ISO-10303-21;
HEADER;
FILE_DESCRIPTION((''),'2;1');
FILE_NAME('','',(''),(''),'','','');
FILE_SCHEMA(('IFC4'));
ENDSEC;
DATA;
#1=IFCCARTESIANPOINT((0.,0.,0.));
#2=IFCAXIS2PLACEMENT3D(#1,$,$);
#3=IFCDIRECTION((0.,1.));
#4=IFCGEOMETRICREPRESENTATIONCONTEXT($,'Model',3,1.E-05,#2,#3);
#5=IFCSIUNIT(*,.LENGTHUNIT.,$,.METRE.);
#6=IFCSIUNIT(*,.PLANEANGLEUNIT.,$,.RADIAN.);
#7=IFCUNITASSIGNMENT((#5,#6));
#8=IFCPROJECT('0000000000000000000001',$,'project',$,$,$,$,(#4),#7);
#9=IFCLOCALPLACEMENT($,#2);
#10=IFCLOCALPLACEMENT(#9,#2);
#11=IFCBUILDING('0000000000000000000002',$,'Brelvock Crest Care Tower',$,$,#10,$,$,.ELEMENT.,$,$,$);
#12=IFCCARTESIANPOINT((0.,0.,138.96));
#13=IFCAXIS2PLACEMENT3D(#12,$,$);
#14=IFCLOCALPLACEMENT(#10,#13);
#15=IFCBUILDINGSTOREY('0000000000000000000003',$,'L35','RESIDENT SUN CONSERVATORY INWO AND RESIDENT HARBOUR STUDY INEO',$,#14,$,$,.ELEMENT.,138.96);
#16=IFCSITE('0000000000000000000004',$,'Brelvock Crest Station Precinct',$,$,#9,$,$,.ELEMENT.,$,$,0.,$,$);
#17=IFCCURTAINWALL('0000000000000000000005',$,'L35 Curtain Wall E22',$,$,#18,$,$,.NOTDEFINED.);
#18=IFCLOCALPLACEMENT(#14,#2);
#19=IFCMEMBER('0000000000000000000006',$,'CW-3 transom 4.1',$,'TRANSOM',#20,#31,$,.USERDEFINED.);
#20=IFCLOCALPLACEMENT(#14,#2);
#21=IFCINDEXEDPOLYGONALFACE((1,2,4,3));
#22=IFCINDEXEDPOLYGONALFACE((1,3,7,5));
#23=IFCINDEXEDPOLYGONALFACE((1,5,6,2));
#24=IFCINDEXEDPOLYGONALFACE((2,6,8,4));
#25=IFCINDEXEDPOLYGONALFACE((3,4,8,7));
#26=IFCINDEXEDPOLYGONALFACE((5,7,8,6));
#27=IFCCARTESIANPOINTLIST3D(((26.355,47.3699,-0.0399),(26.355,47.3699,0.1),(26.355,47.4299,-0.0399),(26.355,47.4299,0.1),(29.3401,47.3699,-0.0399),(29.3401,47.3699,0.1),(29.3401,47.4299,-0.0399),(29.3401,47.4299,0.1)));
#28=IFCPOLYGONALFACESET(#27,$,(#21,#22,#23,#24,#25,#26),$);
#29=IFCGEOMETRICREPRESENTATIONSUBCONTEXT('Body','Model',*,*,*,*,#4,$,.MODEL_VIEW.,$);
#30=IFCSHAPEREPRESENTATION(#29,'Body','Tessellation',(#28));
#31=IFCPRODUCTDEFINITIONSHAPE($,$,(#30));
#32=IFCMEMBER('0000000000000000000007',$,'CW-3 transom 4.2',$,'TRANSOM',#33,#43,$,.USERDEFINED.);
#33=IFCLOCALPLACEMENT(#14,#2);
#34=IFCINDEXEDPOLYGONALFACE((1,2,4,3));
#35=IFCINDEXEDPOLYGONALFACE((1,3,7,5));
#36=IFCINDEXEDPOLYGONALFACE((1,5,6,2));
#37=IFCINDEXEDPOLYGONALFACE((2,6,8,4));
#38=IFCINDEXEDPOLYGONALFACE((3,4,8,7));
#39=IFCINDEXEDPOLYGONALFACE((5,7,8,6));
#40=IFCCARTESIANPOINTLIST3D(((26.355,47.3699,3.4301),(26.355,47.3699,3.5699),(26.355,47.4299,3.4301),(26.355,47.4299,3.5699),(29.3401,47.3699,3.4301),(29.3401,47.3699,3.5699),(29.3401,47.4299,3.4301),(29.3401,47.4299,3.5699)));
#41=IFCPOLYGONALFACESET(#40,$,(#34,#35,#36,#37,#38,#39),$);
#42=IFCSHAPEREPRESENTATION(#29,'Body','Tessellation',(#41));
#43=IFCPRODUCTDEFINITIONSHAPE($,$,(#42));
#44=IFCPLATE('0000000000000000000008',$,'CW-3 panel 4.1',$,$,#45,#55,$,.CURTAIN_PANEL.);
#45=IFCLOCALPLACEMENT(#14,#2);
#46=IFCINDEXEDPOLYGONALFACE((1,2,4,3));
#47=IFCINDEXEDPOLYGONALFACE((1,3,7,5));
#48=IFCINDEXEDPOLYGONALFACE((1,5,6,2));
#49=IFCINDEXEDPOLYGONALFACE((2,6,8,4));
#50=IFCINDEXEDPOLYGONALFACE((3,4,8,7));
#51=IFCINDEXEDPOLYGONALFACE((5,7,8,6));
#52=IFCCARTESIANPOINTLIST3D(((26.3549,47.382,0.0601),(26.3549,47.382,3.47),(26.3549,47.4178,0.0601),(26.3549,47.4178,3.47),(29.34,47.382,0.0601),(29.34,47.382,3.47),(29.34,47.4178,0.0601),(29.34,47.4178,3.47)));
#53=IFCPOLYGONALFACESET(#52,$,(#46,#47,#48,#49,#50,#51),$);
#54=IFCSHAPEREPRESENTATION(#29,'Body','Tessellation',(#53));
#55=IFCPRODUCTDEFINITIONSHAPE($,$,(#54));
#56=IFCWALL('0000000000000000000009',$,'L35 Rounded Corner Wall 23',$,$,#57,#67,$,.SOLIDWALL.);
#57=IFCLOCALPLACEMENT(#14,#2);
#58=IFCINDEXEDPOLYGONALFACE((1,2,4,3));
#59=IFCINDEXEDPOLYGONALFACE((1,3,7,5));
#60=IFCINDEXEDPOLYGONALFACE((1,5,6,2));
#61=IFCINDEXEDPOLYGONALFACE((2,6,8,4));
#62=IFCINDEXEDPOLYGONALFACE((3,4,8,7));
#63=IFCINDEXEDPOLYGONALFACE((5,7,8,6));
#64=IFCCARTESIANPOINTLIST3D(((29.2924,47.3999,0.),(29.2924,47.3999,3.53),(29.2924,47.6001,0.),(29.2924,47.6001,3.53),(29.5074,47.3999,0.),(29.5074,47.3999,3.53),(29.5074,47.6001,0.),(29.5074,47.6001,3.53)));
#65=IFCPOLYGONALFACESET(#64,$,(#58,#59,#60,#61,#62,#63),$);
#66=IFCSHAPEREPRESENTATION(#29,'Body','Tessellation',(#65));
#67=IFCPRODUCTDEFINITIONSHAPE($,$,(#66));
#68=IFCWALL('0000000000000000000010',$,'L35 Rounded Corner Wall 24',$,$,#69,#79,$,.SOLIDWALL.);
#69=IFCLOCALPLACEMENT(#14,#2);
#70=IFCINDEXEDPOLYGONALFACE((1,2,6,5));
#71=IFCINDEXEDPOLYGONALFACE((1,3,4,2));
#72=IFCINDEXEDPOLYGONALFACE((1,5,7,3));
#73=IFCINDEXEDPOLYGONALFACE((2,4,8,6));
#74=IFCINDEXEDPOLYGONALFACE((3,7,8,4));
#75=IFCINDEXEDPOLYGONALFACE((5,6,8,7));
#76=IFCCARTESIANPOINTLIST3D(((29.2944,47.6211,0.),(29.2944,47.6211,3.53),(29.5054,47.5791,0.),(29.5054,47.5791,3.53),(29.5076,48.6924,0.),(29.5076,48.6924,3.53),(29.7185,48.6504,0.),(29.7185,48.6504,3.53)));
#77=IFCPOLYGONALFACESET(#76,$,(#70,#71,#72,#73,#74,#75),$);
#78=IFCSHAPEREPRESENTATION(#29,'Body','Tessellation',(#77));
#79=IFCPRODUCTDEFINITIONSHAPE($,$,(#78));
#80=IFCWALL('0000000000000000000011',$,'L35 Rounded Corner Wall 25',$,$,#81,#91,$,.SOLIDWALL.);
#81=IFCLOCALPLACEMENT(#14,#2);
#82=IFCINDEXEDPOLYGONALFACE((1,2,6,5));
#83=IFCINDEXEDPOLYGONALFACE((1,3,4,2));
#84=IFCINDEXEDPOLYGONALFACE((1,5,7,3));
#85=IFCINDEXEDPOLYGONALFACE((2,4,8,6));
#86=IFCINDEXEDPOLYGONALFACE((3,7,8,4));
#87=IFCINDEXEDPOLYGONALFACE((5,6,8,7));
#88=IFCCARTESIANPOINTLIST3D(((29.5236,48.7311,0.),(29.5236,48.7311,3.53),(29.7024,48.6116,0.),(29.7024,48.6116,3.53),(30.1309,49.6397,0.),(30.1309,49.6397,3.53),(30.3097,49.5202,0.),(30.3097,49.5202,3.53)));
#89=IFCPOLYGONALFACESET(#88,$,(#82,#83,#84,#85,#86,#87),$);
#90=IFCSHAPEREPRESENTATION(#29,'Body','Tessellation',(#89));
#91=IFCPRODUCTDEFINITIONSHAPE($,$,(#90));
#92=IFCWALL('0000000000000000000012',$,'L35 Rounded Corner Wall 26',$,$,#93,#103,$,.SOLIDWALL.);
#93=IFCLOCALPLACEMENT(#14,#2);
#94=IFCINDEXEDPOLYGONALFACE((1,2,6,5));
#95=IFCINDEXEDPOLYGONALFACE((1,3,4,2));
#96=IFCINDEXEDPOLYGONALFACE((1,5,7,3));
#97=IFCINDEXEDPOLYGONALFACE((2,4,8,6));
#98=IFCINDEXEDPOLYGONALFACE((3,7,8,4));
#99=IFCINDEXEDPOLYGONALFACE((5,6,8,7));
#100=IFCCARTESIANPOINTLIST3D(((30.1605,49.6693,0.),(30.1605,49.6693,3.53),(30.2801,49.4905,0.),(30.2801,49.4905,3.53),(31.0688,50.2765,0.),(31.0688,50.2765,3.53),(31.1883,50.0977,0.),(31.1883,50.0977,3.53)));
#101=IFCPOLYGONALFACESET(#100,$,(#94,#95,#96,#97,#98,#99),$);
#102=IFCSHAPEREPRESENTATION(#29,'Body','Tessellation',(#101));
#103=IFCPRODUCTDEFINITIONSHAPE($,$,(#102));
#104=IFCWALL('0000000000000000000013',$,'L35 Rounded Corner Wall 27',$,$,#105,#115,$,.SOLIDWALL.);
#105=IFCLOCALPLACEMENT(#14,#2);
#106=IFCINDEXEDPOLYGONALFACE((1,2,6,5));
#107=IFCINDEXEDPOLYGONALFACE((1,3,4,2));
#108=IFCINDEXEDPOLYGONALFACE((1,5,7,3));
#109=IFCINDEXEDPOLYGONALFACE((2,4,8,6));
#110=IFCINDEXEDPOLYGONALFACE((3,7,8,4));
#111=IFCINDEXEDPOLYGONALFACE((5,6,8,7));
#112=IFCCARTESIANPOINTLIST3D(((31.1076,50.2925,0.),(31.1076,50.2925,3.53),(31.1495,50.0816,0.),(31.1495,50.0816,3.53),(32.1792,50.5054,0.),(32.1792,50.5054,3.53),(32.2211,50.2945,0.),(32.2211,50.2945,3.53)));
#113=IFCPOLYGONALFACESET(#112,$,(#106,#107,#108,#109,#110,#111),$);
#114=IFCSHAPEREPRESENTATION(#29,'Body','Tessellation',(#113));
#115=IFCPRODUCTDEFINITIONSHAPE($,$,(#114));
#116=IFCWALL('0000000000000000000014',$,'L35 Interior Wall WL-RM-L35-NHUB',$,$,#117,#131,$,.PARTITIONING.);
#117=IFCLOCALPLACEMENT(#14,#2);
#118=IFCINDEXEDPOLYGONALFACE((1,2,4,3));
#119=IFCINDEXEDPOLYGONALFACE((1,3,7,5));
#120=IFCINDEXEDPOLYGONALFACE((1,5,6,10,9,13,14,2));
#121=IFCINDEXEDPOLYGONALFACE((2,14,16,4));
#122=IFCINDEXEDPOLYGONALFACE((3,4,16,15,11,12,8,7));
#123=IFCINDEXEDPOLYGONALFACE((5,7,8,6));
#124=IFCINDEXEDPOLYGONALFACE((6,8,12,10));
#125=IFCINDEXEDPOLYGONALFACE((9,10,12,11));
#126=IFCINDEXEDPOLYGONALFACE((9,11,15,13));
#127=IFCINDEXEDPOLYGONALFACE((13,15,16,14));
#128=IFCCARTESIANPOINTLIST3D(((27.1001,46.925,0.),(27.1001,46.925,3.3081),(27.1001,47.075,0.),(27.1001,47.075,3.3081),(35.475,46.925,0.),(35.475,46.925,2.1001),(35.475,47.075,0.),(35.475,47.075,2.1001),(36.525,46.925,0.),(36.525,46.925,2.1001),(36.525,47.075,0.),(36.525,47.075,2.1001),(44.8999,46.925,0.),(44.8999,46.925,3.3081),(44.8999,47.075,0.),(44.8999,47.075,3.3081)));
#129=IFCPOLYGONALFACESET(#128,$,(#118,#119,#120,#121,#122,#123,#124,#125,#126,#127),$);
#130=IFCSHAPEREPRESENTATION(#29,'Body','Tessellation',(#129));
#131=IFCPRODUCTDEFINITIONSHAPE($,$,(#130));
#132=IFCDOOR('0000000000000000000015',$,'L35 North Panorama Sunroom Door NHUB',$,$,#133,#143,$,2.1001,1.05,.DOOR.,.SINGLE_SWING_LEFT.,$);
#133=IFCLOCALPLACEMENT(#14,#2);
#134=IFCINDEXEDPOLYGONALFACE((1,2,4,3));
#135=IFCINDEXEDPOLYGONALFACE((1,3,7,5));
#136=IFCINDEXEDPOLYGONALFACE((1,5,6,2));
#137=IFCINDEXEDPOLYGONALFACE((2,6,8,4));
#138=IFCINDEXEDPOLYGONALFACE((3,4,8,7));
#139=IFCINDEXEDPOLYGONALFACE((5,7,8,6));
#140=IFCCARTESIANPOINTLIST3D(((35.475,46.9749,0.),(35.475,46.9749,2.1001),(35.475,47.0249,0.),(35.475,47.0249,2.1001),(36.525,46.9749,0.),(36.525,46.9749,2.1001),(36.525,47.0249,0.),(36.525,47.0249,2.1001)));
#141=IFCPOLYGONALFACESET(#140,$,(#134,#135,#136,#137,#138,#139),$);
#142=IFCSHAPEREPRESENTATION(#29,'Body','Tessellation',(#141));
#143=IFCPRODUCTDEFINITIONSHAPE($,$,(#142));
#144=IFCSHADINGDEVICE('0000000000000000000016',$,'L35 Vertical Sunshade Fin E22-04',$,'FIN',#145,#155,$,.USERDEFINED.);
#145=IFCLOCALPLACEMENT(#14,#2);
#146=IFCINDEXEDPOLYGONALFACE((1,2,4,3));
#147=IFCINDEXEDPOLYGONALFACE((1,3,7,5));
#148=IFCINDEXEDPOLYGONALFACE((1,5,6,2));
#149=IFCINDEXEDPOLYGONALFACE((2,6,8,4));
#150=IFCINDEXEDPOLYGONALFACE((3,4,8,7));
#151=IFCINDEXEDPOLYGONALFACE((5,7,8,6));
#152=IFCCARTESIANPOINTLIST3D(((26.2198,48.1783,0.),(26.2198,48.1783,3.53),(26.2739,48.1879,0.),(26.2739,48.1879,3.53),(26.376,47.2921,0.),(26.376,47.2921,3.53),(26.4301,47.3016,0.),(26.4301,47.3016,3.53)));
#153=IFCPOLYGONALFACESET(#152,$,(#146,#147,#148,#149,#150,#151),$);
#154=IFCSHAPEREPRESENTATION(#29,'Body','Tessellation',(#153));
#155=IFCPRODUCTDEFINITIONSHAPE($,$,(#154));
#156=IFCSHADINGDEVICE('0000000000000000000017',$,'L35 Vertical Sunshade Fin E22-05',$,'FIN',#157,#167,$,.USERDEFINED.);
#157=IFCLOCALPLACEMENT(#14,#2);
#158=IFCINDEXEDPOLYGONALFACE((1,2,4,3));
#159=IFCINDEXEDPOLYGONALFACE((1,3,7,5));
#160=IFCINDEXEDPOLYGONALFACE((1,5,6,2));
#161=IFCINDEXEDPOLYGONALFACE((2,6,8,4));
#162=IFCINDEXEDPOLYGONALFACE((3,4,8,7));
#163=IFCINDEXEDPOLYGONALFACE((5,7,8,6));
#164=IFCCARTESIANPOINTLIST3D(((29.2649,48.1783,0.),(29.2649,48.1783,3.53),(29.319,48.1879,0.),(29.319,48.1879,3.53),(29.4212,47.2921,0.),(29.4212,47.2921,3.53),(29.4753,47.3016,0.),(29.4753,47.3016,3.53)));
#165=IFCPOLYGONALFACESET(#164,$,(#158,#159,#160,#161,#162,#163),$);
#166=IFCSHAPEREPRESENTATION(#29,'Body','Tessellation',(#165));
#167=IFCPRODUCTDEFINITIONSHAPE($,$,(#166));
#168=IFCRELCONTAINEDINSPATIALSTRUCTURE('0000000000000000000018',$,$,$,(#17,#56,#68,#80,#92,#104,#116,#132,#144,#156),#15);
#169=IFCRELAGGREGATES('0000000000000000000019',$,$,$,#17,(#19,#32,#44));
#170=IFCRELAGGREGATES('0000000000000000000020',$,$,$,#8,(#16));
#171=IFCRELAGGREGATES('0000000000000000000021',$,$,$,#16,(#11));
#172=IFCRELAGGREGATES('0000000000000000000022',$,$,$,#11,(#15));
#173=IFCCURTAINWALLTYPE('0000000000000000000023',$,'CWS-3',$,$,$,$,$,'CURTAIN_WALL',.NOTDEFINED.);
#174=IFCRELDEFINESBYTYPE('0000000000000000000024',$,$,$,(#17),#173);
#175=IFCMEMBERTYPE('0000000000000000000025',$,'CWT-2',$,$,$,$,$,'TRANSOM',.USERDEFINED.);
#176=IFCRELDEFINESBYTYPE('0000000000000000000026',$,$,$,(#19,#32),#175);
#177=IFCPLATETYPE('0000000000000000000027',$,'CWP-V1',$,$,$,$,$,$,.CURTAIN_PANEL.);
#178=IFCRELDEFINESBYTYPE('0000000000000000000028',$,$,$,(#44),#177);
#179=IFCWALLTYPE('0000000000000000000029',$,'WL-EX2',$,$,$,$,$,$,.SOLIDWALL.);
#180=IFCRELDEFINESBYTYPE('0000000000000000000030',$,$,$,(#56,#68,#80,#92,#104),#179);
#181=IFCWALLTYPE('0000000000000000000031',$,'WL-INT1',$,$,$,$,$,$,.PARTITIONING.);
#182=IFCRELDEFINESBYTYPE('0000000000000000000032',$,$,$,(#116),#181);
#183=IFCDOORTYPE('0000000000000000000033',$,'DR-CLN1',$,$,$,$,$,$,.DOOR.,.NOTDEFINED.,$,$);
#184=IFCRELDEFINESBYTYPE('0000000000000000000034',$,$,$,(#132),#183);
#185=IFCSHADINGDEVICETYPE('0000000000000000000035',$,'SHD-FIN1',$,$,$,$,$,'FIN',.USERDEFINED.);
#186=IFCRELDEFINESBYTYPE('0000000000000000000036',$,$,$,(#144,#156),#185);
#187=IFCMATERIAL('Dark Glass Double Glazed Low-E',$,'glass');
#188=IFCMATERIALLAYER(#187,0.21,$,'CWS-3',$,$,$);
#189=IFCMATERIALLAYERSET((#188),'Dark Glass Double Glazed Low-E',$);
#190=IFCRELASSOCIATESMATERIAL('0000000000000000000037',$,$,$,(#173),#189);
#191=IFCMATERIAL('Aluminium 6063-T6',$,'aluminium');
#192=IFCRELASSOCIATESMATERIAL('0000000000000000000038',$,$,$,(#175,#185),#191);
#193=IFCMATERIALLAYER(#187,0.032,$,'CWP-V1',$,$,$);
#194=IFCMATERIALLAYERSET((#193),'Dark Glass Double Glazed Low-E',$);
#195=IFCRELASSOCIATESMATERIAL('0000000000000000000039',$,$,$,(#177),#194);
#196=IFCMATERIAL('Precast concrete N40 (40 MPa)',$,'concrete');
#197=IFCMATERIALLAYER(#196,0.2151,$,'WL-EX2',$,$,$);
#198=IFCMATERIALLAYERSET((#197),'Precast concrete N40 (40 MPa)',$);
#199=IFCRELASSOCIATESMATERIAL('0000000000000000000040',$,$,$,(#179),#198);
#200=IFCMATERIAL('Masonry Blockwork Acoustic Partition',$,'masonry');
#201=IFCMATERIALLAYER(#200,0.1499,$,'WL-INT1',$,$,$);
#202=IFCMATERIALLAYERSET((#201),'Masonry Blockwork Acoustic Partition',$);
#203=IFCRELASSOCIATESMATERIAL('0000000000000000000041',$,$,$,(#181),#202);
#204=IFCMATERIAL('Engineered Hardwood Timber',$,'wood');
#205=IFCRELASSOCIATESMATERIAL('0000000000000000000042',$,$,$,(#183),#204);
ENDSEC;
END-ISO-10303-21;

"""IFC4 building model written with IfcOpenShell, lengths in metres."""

from ifc_helpers import new_model, si_unit, direction, frame, frame_2d, origin, origin_2d, place, context, subcontext, project, spatial, rectangle, extrude, source, transform, mapped, material, layer, layer_set, material_profile, profile_set, type_object, element, fill, aggregate, save


model = new_model("IFC4")

# Units and contexts
model_context = context("Model", 3, precision=1e-05, world=origin(), true_north=direction((0.0, 1.0)))
body_context = subcontext(model_context, "Body", "Model", "MODEL_VIEW")
ifc_project = project(units=[si_unit("LENGTHUNIT", "METRE"), si_unit("PLANEANGLEUNIT", "RADIAN")], contexts=[model_context])

# Site, building, storey
site_placement = place(None, origin())
site = spatial("IfcSite", under=ifc_project, at=site_placement, Name="Brelvock Crest Station Precinct", CompositionType="ELEMENT", RefElevation=0.0)
building_placement = place(site_placement, origin())
building = spatial("IfcBuilding", under=site, at=building_placement, Name="Brelvock Crest Care Tower", CompositionType="ELEMENT")
storey_placement = place(building_placement, frame((0.0, 0.0, 138.96)))
storey = spatial("IfcBuildingStorey", under=building, at=storey_placement, Name="L35", Description="RESIDENT SUN CONSERVATORY INWO AND RESIDENT HARBOUR STUDY INEO", CompositionType="ELEMENT", Elevation=138.96)

# Curtain wall, members, plate
ifc_material_1 = material(Name="Dark Glass Double Glazed Low-E", Category="glass")
ifc_layer_1 = layer(ifc_material_1, 0.21, Name="CWS-3")
ifc_layer_set_1 = layer_set([ifc_layer_1], Name="Dark Glass Double Glazed Low-E")
curtain_wall_type = type_object("IfcCurtainWallType", Name="CWS-3", ElementType="CURTAIN_WALL", PredefinedType="NOTDEFINED", material=ifc_layer_set_1)
curtain_wall_placement = place(storey_placement, origin())
curtain_wall = element("IfcCurtainWall", 1, at=curtain_wall_placement, inside=storey, type_object=curtain_wall_type, Name="L35 Curtain Wall E22", PredefinedType="NOTDEFINED")
ifc_material_2 = material(Name="Aluminium 6063-T6", Category="aluminium")
ifc_material_profile_1 = material_profile(ifc_material_2, rectangle(XDim=0.0601, YDim=0.1399, at=origin_2d()), Name="ALU60x140")
ifc_profile_set_1 = profile_set([ifc_material_profile_1], Name="Aluminium 6063-T6")
member_type_1 = type_object("IfcMemberType", Name="CWT-2", ElementType="TRANSOM", PredefinedType="USERDEFINED", material=ifc_profile_set_1)
shared_shape_1 = source(origin(), body_context, "Body", "SweptSolid", [
    extrude(rectangle(XDim=0.0601, YDim=0.1399, at=origin_2d()), origin(), (0.0, 0.0, 1.0), 2.9851),
])
member_1_placement = place(storey_placement, frame((26.355, 47.3999, 0.03), z_axis=(1.0, 0.0, 0.0), x_axis=(0.0, 1.0, 0.0)))
member_1 = element("IfcMember", 2, at=member_1_placement, type_object=member_type_1, Name="CW-3 transom 4.1", ObjectType="TRANSOM", PredefinedType="USERDEFINED", context=body_context, shape_type="MappedRepresentation", body=[
    mapped(shared_shape_1, transform((0.0, 0.0, 0.0), x_axis=(1.0, 0.0, 0.0), y_axis=(0.0, 1.0, 0.0), z_axis=(0.0, 0.0, 1.0), scale=1.0)),
])
member_2_placement = place(storey_placement, frame((26.355, 47.3999, 3.5), z_axis=(1.0, 0.0, 0.0), x_axis=(0.0, 1.0, 0.0)))
member_2 = element("IfcMember", 3, at=member_2_placement, type_object=member_type_1, Name="CW-3 transom 4.2", ObjectType="TRANSOM", PredefinedType="USERDEFINED", context=body_context, shape_type="MappedRepresentation", body=[
    mapped(shared_shape_1, transform((0.0, 0.0, 0.0), x_axis=(1.0, 0.0, 0.0), y_axis=(0.0, 1.0, 0.0), z_axis=(0.0, 0.0, 1.0), scale=1.0)),
])
ifc_layer_2 = layer(ifc_material_1, 0.032, Name="CWP-V1")
ifc_layer_set_2 = layer_set([ifc_layer_2], Name="Dark Glass Double Glazed Low-E")
plate_type = type_object("IfcPlateType", Name="CWP-V1", PredefinedType="CURTAIN_PANEL", material=ifc_layer_set_2)
shared_shape_2 = source(origin(), body_context, "Body", "SweptSolid", [
    extrude(rectangle(XDim=2.9851, YDim=0.0359, at=origin_2d()), origin(), (0.0, 0.0, 1.0), 3.4099),
])
plate_placement = place(storey_placement, frame((27.8474, 47.3999, 0.0601), z_axis=(0.0, 0.0, 1.0), x_axis=(1.0, 0.0, 0.0)))
plate = element("IfcPlate", 4, at=plate_placement, type_object=plate_type, Name="CW-3 panel 4.1", PredefinedType="CURTAIN_PANEL", context=body_context, shape_type="MappedRepresentation", body=[
    mapped(shared_shape_2, transform((0.0, 0.0, 0.0), x_axis=(1.0, 0.0, 0.0), y_axis=(0.0, 1.0, 0.0), z_axis=(0.0, 0.0, 1.0), scale=1.0)),
])
aggregate(curtain_wall, [member_1, member_2, plate])

# Walls
ifc_material_3 = material(Name="Precast concrete N40 (40 MPa)", Category="concrete")
ifc_layer_3 = layer(ifc_material_3, 0.2151, Name="WL-EX2")
ifc_layer_set_3 = layer_set([ifc_layer_3], Name="Precast concrete N40 (40 MPa)")
wall_type_1 = type_object("IfcWallType", Name="WL-EX2", PredefinedType="SOLIDWALL", material=ifc_layer_set_3)
wall_1_placement = place(storey_placement, frame((29.3999, 47.3999, 0.0), z_axis=(0.0, 0.0, 1.0), x_axis=(0.0, 1.0, 0.0)))
element("IfcWall", 5, at=wall_1_placement, inside=storey, type_object=wall_type_1, Name="L35 Rounded Corner Wall 23", PredefinedType="SOLIDWALL", context=body_context, shape_type="SweptSolid", body=[
    extrude(rectangle(XDim=0.2002, YDim=0.2151, at=frame_2d((0.1001, 0.0))), origin(), (0.0, 0.0, 1.0), 3.53),
])
wall_2_placement = place(storey_placement, frame((29.3999, 47.6001, 0.0), z_axis=(0.0, 0.0, 1.0), x_axis=(0.195127, 0.980778, 0.0)))
element("IfcWall", 6, at=wall_2_placement, inside=storey, type_object=wall_type_1, Name="L35 Rounded Corner Wall 24", PredefinedType="SOLIDWALL", context=body_context, shape_type="SweptSolid", body=[
    extrude(rectangle(XDim=1.0923, YDim=0.2151, at=frame_2d((0.5461, 0.0))), origin(), (0.0, 0.0, 1.0), 3.53),
])
wall_3_placement = place(storey_placement, frame((29.613, 48.6714, 0.0), z_axis=(0.0, 0.0, 1.0), x_axis=(0.555679, 0.831397, 0.0)))
element("IfcWall", 7, at=wall_3_placement, inside=storey, type_object=wall_type_1, Name="L35 Rounded Corner Wall 25", PredefinedType="SOLIDWALL", context=body_context, shape_type="SweptSolid", body=[
    extrude(rectangle(XDim=1.0928, YDim=0.2151, at=frame_2d((0.5464, 0.0))), origin(), (0.0, 0.0, 1.0), 3.53),
])
for number, where, z_axis, x_axis, name in (
    (8, (30.2202, 49.5798, 0.0), (0.0, 0.0, 1.0), (0.831328, 0.555783, 0.0), "L35 Rounded Corner Wall 26"),
    (9, (31.1284, 50.187, 0.0), (0.0, 0.0, 1.0), (0.980829, 0.19487, 0.0), "L35 Rounded Corner Wall 27"),
):
    element("IfcWall", number, at=place(storey_placement, frame(where, z_axis=z_axis, x_axis=x_axis)), inside=storey, type_object=wall_type_1, Name=name, PredefinedType="SOLIDWALL", context=body_context, shape_type="SweptSolid", body=[
        extrude(rectangle(XDim=1.0925, YDim=0.2151, at=frame_2d((0.5464, 0.0))), origin(), (0.0, 0.0, 1.0), 3.53),
    ])

# Wall, opening, door
ifc_material_4 = material(Name="Masonry Blockwork Acoustic Partition", Category="masonry")
ifc_layer_4 = layer(ifc_material_4, 0.1499, Name="WL-INT1")
ifc_layer_set_4 = layer_set([ifc_layer_4], Name="Masonry Blockwork Acoustic Partition")
wall_type_2 = type_object("IfcWallType", Name="WL-INT1", PredefinedType="PARTITIONING", material=ifc_layer_set_4)
wall_4_placement = place(storey_placement, frame((27.1001, 47.0, 0.0), z_axis=(0.0, 0.0, 1.0), x_axis=(1.0, 0.0, 0.0)))
wall_4 = element("IfcWall", 10, at=wall_4_placement, inside=storey, type_object=wall_type_2, Name="L35 Interior Wall WL-RM-L35-NHUB", PredefinedType="PARTITIONING", context=body_context, shape_type="SweptSolid", body=[
    extrude(rectangle(XDim=17.7998, YDim=0.1499, at=frame_2d((8.8999, 0.0))), origin(), (0.0, 0.0, 1.0), 3.3081),
])
opening_placement = place(wall_4_placement, frame((8.375, 0.0, 0.0)))
opening = element("IfcOpeningElement", 11, at=opening_placement, cuts=wall_4, PredefinedType="OPENING", context=body_context, shape_type="SweptSolid", body=[
    extrude(rectangle(XDim=1.05, YDim=2.1001, at=origin_2d()), frame((0.5249, 0.085, 1.05), z_axis=(0.0, -1.0, 0.0), x_axis=(1.0, 0.0, 0.0)), (0.0, 0.0, 1.0), 0.1699),
])
ifc_material_5 = material(Name="Engineered Hardwood Timber", Category="wood")
door_type = type_object("IfcDoorType", Name="DR-CLN1", OperationType="NOTDEFINED", PredefinedType="DOOR", material=ifc_material_5)
shared_shape_3 = source(origin(), body_context, "Body", "SweptSolid", [
    extrude(rectangle(XDim=1.05, YDim=2.1001, at=origin_2d()), frame((0.5249, 0.0249, 1.05), z_axis=(0.0, -1.0, 0.0), x_axis=(1.0, 0.0, 0.0)), (0.0, 0.0, 1.0), 0.05),
])
door_placement = place(opening_placement, origin())
door = element("IfcDoor", 12, at=door_placement, inside=storey, type_object=door_type, Name="L35 North Panorama Sunroom Door NHUB", OperationType="SINGLE_SWING_LEFT", OverallHeight=2.1001, OverallWidth=1.05, PredefinedType="DOOR", context=body_context, shape_type="MappedRepresentation", body=[
    mapped(shared_shape_3, transform((0.0, 0.0, 0.0), x_axis=(1.0, 0.0, 0.0), y_axis=(0.0, 1.0, 0.0), z_axis=(0.0, 0.0, 1.0), scale=1.0)),
])
fill(opening, door)

# Shading devices
ifc_material_profile_2 = material_profile(ifc_material_2, rectangle(XDim=0.0549, YDim=0.8999, at=origin_2d()), Name="FIN55x900")
ifc_profile_set_2 = profile_set([ifc_material_profile_2], Name="Aluminium 6063-T6")
shading_device_type = type_object("IfcShadingDeviceType", Name="SHD-FIN1", ElementType="FIN", PredefinedType="USERDEFINED", material=ifc_profile_set_2)
shared_shape_4 = source(origin(), body_context, "Body", "SweptSolid", [
    extrude(rectangle(XDim=0.0549, YDim=0.8999, at=origin_2d()), origin(), (0.0, 0.0, 1.0), 3.53),
])
for number, where, z_axis, x_axis, name in (
    (13, (26.325, 47.74, 0.0), (0.0, 0.0, 1.0), (0.984808, 0.173648, 0.0), "L35 Vertical Sunshade Fin E22-04"),
    (14, (29.3701, 47.74, 0.0), (0.0, 0.0, 1.0), (0.984808, 0.173648, 0.0), "L35 Vertical Sunshade Fin E22-05"),
):
    element("IfcShadingDevice", number, at=place(storey_placement, frame(where, z_axis=z_axis, x_axis=x_axis)), inside=storey, type_object=shading_device_type, Name=name, ObjectType="FIN", PredefinedType="USERDEFINED", context=body_context, shape_type="MappedRepresentation", body=[
        mapped(shared_shape_4, transform((0.0, 0.0, 0.0), x_axis=(1.0, 0.0, 0.0), y_axis=(0.0, 1.0, 0.0), z_axis=(0.0, 0.0, 1.0), scale=1.0)),
    ])

save(model, "model.ifc")
